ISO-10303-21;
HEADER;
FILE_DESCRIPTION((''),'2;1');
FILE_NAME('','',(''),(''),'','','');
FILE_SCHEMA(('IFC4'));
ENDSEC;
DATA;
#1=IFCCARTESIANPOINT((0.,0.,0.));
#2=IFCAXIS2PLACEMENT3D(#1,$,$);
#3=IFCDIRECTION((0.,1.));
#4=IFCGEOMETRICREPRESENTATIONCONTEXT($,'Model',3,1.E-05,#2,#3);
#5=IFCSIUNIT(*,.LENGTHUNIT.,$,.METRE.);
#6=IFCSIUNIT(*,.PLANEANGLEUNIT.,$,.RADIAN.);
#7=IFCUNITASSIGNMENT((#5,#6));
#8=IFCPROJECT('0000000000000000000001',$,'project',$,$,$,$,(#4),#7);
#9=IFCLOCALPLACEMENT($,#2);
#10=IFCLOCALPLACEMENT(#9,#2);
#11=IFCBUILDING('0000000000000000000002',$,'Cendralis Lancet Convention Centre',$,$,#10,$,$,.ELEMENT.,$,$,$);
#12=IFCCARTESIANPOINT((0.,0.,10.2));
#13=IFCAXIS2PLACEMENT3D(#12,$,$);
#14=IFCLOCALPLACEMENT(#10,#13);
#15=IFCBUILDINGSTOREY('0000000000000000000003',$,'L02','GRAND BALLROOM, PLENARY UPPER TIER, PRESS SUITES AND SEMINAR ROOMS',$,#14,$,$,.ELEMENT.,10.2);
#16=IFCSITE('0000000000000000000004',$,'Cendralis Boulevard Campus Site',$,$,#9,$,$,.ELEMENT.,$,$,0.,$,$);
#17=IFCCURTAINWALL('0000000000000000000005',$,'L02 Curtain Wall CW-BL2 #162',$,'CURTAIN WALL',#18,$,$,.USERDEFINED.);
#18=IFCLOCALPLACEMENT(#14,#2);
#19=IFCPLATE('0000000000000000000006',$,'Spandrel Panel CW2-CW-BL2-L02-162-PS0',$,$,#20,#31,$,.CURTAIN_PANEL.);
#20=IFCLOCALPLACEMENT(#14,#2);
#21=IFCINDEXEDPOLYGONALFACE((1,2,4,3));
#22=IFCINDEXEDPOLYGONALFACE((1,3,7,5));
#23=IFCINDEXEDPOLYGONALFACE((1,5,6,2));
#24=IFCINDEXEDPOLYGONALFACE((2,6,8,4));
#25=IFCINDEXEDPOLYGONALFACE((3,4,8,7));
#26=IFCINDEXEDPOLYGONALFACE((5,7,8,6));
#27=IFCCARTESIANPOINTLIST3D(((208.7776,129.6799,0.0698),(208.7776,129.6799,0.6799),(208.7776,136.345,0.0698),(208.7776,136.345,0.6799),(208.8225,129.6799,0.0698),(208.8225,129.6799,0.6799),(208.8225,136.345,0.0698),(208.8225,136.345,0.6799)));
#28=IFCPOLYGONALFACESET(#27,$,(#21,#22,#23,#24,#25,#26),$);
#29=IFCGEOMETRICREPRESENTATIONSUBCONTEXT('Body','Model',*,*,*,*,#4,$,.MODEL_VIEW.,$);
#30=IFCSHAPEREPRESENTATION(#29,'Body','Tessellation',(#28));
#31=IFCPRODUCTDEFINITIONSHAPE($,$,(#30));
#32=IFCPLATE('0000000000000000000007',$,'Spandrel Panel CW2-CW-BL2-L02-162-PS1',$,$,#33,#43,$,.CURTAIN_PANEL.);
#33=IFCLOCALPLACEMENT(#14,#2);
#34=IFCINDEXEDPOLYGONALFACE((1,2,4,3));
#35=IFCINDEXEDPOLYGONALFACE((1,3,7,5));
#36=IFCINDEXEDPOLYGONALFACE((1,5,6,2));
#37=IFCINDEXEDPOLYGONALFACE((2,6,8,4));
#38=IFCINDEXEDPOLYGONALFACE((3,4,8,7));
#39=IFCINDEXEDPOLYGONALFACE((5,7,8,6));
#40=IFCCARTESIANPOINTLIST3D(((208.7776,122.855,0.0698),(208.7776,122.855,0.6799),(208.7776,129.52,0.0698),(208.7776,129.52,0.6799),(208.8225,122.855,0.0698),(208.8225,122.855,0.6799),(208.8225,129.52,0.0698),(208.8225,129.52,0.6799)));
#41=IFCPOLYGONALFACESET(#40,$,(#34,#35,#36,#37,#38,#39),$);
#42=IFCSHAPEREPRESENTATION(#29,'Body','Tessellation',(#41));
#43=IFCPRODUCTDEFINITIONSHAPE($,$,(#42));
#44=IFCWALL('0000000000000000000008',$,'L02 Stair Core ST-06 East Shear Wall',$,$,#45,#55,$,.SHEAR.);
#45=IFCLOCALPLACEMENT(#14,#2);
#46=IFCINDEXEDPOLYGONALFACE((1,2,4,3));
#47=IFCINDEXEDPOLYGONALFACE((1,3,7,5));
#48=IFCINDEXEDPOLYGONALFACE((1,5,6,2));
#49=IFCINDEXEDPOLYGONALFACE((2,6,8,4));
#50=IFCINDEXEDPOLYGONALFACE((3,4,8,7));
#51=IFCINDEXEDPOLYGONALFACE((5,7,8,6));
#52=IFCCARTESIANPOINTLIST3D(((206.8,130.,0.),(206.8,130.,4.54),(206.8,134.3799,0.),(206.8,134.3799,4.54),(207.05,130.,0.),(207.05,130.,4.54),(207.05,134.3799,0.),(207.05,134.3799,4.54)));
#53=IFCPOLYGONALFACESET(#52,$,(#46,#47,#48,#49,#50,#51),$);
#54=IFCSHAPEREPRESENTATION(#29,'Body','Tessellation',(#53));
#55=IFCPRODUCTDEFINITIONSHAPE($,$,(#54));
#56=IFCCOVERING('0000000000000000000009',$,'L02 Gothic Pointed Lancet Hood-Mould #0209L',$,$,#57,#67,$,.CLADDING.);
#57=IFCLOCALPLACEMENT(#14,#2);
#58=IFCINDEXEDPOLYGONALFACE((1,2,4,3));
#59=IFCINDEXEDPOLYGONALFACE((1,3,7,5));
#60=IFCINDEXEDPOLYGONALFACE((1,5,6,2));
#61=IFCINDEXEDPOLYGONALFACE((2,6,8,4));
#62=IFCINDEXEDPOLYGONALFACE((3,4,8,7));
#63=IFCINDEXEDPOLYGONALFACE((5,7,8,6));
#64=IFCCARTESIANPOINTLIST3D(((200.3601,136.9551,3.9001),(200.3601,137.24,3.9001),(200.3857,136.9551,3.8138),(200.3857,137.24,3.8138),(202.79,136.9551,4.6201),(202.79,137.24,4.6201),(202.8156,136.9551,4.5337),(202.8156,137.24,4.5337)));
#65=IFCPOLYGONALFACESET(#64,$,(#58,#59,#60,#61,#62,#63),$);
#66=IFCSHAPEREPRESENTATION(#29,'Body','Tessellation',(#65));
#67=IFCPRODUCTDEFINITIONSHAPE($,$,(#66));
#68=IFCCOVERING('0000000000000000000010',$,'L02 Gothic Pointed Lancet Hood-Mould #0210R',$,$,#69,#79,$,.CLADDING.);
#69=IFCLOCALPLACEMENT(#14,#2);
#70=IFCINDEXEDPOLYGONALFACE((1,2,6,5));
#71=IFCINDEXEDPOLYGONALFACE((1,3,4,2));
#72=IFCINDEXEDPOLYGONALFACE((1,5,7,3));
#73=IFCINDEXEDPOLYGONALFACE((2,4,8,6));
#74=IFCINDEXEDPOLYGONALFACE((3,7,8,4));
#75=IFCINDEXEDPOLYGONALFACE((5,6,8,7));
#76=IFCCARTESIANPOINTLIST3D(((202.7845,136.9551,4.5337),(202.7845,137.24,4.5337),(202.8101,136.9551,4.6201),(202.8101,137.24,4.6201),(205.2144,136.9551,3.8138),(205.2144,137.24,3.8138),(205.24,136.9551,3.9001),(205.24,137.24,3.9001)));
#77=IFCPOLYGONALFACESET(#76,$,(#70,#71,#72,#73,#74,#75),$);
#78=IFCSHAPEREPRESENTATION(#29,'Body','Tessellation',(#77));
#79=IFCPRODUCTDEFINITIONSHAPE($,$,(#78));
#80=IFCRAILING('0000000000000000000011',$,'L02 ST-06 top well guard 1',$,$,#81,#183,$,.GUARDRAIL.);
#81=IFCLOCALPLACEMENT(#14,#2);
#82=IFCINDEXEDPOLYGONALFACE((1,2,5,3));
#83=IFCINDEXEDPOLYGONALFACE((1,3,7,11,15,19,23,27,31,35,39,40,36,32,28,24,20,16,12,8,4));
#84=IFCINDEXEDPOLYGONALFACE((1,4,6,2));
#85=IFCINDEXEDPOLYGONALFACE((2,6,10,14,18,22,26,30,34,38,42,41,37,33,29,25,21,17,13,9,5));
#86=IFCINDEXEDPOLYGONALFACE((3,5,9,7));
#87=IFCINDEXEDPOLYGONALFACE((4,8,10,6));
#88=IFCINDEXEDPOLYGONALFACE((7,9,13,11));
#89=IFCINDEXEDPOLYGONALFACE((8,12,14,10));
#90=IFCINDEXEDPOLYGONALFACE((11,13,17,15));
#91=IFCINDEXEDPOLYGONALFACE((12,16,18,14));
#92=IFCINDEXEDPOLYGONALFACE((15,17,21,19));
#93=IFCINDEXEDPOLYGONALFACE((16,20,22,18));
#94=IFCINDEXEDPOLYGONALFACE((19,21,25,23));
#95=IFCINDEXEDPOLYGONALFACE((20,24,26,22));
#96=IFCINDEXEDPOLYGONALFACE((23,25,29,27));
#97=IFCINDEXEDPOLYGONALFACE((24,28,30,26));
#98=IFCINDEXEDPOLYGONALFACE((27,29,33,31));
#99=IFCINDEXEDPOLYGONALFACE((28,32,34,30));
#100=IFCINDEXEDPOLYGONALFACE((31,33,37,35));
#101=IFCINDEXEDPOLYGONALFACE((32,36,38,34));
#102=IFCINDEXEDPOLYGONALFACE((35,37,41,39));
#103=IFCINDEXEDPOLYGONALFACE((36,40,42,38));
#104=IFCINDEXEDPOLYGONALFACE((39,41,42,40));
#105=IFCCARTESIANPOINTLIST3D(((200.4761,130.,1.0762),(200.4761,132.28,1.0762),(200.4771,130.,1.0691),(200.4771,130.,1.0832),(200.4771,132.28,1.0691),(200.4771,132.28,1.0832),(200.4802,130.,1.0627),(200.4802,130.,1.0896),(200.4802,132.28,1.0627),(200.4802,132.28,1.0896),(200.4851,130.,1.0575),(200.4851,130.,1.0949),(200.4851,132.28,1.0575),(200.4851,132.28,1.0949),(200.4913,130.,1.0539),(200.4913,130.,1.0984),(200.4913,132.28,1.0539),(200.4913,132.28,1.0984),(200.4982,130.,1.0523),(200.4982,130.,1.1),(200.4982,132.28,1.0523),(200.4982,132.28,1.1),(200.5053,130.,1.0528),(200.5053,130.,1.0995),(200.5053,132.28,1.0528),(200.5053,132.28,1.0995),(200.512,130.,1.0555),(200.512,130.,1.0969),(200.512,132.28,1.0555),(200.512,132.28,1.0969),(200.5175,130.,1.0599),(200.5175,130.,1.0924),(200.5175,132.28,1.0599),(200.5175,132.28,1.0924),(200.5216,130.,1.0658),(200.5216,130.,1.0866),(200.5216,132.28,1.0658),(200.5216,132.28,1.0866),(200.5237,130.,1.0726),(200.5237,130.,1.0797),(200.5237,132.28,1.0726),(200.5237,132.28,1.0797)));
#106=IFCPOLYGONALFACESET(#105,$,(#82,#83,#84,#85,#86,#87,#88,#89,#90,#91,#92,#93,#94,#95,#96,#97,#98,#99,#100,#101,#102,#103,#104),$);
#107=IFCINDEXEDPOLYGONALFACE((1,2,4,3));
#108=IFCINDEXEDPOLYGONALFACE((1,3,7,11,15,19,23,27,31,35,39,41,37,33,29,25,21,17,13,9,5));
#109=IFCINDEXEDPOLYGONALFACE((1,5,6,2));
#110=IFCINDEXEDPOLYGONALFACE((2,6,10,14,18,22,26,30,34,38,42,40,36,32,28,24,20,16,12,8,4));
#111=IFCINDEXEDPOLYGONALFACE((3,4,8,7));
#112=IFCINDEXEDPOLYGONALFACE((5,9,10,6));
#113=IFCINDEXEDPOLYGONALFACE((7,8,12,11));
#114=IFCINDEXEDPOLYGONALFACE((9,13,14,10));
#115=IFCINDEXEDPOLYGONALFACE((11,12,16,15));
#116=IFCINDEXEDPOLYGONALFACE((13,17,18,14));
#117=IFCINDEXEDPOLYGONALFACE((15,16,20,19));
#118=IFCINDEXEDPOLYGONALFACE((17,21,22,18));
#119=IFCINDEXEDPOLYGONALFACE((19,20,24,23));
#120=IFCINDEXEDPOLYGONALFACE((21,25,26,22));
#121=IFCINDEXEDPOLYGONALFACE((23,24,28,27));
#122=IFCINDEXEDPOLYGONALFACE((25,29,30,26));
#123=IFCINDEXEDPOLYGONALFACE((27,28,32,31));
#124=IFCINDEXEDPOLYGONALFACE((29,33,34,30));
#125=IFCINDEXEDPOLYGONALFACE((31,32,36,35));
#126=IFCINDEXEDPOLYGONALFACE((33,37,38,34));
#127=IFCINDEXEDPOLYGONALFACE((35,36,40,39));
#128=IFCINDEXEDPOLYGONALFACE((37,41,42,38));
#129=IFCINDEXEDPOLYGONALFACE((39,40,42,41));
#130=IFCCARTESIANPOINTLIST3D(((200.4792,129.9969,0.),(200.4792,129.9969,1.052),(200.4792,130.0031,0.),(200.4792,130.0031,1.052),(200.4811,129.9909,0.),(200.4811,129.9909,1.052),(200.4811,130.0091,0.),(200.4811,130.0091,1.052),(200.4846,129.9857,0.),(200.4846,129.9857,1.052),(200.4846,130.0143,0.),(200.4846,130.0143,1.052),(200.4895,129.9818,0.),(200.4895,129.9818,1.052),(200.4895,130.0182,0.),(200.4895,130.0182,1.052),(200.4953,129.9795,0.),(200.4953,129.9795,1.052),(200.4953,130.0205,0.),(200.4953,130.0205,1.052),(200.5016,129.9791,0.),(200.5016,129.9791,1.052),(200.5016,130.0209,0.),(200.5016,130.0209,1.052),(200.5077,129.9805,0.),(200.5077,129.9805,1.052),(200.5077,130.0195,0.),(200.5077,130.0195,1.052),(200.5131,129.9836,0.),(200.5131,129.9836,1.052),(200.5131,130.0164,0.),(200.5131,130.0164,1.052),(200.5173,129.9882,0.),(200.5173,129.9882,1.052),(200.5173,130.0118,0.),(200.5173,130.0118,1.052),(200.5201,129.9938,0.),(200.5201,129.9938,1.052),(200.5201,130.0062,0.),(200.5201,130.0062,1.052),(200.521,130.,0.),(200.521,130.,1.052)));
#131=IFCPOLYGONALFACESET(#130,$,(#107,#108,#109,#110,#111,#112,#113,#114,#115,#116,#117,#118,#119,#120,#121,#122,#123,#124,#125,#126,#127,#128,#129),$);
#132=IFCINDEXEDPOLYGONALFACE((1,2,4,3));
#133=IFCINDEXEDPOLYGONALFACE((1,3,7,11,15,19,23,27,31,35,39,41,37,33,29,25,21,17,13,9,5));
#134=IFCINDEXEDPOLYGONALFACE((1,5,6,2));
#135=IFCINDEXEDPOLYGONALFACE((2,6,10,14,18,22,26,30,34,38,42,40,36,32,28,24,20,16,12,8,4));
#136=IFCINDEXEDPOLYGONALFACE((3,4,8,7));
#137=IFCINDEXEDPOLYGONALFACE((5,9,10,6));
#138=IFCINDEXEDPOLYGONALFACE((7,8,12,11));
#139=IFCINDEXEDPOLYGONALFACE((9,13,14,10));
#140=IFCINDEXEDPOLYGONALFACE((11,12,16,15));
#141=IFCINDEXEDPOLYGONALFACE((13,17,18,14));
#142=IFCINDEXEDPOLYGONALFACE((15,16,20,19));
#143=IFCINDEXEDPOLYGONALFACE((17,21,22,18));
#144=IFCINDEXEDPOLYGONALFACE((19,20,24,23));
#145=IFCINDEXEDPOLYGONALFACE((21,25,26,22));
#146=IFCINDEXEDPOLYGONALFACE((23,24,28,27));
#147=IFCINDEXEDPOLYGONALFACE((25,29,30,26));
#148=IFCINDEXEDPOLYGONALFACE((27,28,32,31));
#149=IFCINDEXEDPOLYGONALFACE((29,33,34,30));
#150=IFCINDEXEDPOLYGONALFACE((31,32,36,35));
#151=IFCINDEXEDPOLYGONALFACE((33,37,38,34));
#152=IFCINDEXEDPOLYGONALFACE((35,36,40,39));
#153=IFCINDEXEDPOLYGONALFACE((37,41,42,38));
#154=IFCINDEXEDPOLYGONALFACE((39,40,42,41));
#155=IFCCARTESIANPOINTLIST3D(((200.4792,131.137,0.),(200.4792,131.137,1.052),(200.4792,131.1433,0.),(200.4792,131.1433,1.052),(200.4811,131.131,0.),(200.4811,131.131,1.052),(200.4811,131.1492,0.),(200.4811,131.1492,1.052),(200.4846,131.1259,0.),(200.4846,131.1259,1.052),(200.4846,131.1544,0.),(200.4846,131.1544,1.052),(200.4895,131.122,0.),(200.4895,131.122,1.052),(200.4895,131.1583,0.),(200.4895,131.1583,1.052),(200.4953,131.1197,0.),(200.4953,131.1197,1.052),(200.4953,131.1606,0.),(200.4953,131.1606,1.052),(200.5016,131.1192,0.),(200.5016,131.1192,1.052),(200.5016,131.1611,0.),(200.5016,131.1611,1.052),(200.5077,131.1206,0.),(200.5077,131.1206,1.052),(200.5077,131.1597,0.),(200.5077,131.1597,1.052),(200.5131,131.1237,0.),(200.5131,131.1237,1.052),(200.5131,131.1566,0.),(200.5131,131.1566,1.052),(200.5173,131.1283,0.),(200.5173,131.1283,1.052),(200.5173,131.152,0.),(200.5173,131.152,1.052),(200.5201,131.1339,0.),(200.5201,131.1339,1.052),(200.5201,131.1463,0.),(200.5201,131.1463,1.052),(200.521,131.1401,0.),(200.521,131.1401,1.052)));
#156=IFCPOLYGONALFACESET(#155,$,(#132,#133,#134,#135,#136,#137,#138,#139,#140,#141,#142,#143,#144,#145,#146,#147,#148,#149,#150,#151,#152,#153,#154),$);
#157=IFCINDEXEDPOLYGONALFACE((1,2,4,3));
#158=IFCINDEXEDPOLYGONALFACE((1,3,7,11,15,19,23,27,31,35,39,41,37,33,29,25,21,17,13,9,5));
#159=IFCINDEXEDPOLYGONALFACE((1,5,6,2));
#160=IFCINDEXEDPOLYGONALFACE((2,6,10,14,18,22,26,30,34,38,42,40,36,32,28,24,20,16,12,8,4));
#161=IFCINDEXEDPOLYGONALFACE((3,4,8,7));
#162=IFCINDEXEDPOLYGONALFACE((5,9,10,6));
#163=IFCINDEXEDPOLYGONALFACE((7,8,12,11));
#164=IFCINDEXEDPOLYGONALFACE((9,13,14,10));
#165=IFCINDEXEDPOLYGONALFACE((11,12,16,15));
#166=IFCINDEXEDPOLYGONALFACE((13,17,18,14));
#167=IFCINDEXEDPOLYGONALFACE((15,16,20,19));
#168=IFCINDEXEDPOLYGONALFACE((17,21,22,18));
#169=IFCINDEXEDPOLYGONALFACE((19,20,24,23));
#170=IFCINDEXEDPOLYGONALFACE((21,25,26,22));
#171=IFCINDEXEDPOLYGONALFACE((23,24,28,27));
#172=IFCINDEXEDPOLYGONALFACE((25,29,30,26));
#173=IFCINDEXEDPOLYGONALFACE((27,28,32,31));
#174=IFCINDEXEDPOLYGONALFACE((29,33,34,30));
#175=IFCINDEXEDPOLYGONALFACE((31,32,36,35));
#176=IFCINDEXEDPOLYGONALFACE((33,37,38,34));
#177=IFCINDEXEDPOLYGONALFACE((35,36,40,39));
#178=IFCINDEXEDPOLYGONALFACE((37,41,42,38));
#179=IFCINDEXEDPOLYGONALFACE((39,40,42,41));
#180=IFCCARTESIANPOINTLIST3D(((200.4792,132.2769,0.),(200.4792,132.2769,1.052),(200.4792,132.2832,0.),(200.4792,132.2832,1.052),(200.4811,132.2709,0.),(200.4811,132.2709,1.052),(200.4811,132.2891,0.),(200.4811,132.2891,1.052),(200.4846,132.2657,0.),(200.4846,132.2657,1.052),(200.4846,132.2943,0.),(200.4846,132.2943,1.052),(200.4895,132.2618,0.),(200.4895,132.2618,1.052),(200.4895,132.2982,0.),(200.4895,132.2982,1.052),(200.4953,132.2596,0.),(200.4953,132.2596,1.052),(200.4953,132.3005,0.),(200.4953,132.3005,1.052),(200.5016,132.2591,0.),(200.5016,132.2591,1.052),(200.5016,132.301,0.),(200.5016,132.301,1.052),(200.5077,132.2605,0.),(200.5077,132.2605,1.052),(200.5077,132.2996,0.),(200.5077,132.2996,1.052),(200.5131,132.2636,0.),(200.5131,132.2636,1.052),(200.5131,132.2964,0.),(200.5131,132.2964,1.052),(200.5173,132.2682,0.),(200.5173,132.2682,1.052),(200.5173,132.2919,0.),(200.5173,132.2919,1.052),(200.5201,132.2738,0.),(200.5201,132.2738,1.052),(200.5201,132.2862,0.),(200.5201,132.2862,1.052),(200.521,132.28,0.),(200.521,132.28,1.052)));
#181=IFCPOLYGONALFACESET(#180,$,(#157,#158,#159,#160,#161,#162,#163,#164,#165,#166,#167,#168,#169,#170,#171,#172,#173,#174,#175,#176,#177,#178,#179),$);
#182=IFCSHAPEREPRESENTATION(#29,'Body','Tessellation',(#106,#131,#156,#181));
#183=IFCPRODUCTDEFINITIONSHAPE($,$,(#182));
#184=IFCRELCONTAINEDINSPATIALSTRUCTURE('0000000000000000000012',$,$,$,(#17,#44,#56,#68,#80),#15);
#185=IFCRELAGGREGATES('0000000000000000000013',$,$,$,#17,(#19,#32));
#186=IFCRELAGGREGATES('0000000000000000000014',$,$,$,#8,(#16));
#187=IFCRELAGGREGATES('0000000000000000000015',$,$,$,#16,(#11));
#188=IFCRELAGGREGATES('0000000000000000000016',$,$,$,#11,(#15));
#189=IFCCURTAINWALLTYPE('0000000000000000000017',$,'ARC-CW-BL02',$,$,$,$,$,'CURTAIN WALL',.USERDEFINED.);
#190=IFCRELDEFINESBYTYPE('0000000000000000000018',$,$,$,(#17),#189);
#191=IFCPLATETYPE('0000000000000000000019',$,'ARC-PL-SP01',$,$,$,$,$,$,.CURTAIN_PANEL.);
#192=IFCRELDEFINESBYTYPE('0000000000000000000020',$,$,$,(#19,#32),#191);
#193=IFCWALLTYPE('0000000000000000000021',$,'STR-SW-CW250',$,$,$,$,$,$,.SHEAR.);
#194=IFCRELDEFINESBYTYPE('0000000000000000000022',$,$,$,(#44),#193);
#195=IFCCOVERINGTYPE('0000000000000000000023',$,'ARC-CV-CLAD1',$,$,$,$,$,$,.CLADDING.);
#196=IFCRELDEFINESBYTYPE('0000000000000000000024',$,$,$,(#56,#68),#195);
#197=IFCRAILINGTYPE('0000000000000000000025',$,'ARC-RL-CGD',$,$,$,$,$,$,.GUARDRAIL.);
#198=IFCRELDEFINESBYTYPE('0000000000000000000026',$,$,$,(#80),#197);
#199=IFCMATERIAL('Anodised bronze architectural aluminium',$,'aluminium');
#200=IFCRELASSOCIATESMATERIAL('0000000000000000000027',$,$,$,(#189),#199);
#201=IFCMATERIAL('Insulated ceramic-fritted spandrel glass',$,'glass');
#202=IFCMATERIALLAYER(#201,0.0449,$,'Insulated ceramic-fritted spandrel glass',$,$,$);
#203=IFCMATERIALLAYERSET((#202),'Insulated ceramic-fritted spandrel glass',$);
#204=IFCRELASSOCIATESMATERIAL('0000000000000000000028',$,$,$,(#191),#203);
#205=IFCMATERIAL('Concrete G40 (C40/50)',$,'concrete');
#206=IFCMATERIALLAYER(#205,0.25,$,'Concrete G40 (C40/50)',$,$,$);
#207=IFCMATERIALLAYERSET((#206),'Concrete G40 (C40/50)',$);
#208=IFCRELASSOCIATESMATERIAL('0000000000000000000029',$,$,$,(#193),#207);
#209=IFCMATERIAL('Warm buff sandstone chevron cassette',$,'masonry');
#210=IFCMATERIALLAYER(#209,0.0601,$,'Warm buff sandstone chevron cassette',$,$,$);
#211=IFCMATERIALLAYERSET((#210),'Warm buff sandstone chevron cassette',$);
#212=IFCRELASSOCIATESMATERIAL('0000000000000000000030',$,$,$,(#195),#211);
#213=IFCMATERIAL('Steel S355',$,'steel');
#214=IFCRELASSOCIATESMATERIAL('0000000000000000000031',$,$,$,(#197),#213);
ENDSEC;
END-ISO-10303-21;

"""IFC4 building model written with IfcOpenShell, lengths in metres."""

from ifc_helpers import new_model, si_unit, direction, frame, frame_2d, origin, origin_2d, place, context, subcontext, project, spatial, polyline, rectangle, circle, outline, extrude, material, layer, layer_set, type_object, element, aggregate, save


model = new_model("IFC4")

# Units and contexts
model_context = context("Model", 3, precision=1e-05, world=origin(), true_north=direction((0.0, 1.0)))
body_context = subcontext(model_context, "Body", "Model", "MODEL_VIEW")
ifc_project = project(units=[si_unit("LENGTHUNIT", "METRE"), si_unit("PLANEANGLEUNIT", "RADIAN")], contexts=[model_context])

# Site, building, storey
site_placement = place(None, origin())
site = spatial("IfcSite", under=ifc_project, at=site_placement, Name="Cendralis Boulevard Campus Site", CompositionType="ELEMENT", RefElevation=0.0)
building_placement = place(site_placement, origin())
building = spatial("IfcBuilding", under=site, at=building_placement, Name="Cendralis Lancet Convention Centre", CompositionType="ELEMENT")
storey_placement = place(building_placement, frame((0.0, 0.0, 10.2)))
storey = spatial("IfcBuildingStorey", under=building, at=storey_placement, Name="L02", Description="GRAND BALLROOM, PLENARY UPPER TIER, PRESS SUITES AND SEMINAR ROOMS", CompositionType="ELEMENT", Elevation=10.2)

# Shared definitions
ifc_material_1 = material(Name="Steel S355", Category="steel")

# Shared definitions
ifc_material_2 = material(Name="Anodised bronze architectural aluminium", Category="aluminium")
curtain_wall_type = type_object("IfcCurtainWallType", Name="ARC-CW-BL02", ElementType="CURTAIN WALL", PredefinedType="USERDEFINED", material=ifc_material_2)

# Curtain wall
curtain_wall_1_placement = place(storey_placement, origin())
curtain_wall_1 = element("IfcCurtainWall", 1, at=curtain_wall_1_placement, inside=storey, type_object=curtain_wall_type, Name="L02 Curtain Wall CW-BL2 #162", ObjectType="CURTAIN WALL", PredefinedType="USERDEFINED")

# Shared definitions
ifc_material_3 = material(Name="Concrete G40 (C40/50)", Category="concrete")

# Plates
ifc_material_4 = material(Name="Insulated ceramic-fritted spandrel glass", Category="glass")
ifc_layer_1 = layer(ifc_material_4, 0.0449, Name="Insulated ceramic-fritted spandrel glass")
ifc_layer_set_1 = layer_set([ifc_layer_1], Name="Insulated ceramic-fritted spandrel glass")
plate_type_1 = type_object("IfcPlateType", Name="ARC-PL-SP01", PredefinedType="CURTAIN_PANEL", material=ifc_layer_set_1)
plate_1_placement = place(storey_placement, frame((208.8, 133.0125, 0.0698), z_axis=(0.0, 0.0, 1.0), x_axis=(0.0, -1.0, 0.0)))
plate_1 = element("IfcPlate", 2, at=plate_1_placement, type_object=plate_type_1, Name="Spandrel Panel CW2-CW-BL2-L02-162-PS0", PredefinedType="CURTAIN_PANEL", context=body_context, shape_type="SweptSolid", body=[
    extrude(rectangle(XDim=6.665, YDim=0.0449, at=origin_2d()), origin(), (0.0, 0.0, 1.0), 0.6101),
])
plate_2_placement = place(storey_placement, frame((208.8, 126.1875, 0.0698), z_axis=(0.0, 0.0, 1.0), x_axis=(0.0, -1.0, 0.0)))
plate_2 = element("IfcPlate", 3, at=plate_2_placement, type_object=plate_type_1, Name="Spandrel Panel CW2-CW-BL2-L02-162-PS1", PredefinedType="CURTAIN_PANEL", context=body_context, shape_type="SweptSolid", body=[
    extrude(rectangle(XDim=6.665, YDim=0.0449, at=origin_2d()), origin(), (0.0, 0.0, 1.0), 0.6101),
])
aggregate(curtain_wall_1, [plate_1, plate_2])

# Wall
ifc_layer_2 = layer(ifc_material_3, 0.25, Name="Concrete G40 (C40/50)")
ifc_layer_set_2 = layer_set([ifc_layer_2], Name="Concrete G40 (C40/50)")
wall_type = type_object("IfcWallType", Name="STR-SW-CW250", PredefinedType="SHEAR", material=ifc_layer_set_2)
wall_placement = place(storey_placement, frame((206.925, 130.0, 0.0), z_axis=(0.0, 0.0, 1.0), x_axis=(0.0, 1.0, 0.0)))
element("IfcWall", 4, at=wall_placement, inside=storey, type_object=wall_type, Name="L02 Stair Core ST-06 East Shear Wall", PredefinedType="SHEAR", context=body_context, shape_type="SweptSolid", body=[
    extrude(rectangle(XDim=4.3799, YDim=0.25, at=frame_2d((2.1899, 0.0))), origin(), (0.0, 0.0, 1.0), 4.54),
])

# Coverings
ifc_material_5 = material(Name="Warm buff sandstone chevron cassette", Category="masonry")
ifc_layer_3 = layer(ifc_material_5, 0.0601, Name="Warm buff sandstone chevron cassette")
ifc_layer_set_3 = layer_set([ifc_layer_3], Name="Warm buff sandstone chevron cassette")
covering_type = type_object("IfcCoveringType", Name="ARC-CV-CLAD1", PredefinedType="CLADDING", material=ifc_layer_set_3)
for number, where, z_axis, x_axis, name in (
    (5, (200.3601, 137.24, 3.9001), (-0.284085, 0.0, 0.958799), (0.0, -1.0, 0.0), "L02 Gothic Pointed Lancet Hood-Mould #0209L"),
    (6, (202.8101, 137.24, 4.6201), (0.284085, 0.0, 0.958799), (0.0, -1.0, 0.0), "L02 Gothic Pointed Lancet Hood-Mould #0210R"),
):
    element("IfcCovering", number, at=place(storey_placement, frame(where, z_axis=z_axis, x_axis=x_axis)), inside=storey, type_object=covering_type, Name=name, PredefinedType="CLADDING", context=body_context, shape_type="SweptSolid", body=[
        extrude(outline(polyline([(0.0, 0.0), (0.2849, 0.0), (0.2849, 2.5343), (0.0, 2.5343), (0.0, 0.0)])), origin(), (0.0, 0.0, -1.0), 0.0901),
    ])

# Railing
railing_type = type_object("IfcRailingType", Name="ARC-RL-CGD", PredefinedType="GUARDRAIL", material=ifc_material_1)
railing_placement = place(storey_placement, frame((200.5, 130.0, 0.0)))
element("IfcRailing", 7, at=railing_placement, inside=storey, type_object=railing_type, Name="L02 ST-06 top well guard 1", PredefinedType="GUARDRAIL", context=body_context, shape_type="SweptSolid", body=[
    extrude(circle(Radius=0.0239, at=origin_2d()), frame((0.0, 0.0, 1.0762), z_axis=(0.0, 1.0, 0.0), x_axis=(-1.0, 0.0, 0.0)), (0.0, 0.0, 1.0), 2.28),
    extrude(circle(Radius=0.021, at=origin_2d()), origin(), (0.0, 0.0, 1.0), 1.052),
    extrude(circle(Radius=0.021, at=origin_2d()), frame((0.0, 1.1401, 0.0)), (0.0, 0.0, 1.0), 1.052),
    extrude(circle(Radius=0.021, at=origin_2d()), frame((0.0, 2.28, 0.0)), (0.0, 0.0, 1.0), 1.052),
])

save(model, "model.ifc")
